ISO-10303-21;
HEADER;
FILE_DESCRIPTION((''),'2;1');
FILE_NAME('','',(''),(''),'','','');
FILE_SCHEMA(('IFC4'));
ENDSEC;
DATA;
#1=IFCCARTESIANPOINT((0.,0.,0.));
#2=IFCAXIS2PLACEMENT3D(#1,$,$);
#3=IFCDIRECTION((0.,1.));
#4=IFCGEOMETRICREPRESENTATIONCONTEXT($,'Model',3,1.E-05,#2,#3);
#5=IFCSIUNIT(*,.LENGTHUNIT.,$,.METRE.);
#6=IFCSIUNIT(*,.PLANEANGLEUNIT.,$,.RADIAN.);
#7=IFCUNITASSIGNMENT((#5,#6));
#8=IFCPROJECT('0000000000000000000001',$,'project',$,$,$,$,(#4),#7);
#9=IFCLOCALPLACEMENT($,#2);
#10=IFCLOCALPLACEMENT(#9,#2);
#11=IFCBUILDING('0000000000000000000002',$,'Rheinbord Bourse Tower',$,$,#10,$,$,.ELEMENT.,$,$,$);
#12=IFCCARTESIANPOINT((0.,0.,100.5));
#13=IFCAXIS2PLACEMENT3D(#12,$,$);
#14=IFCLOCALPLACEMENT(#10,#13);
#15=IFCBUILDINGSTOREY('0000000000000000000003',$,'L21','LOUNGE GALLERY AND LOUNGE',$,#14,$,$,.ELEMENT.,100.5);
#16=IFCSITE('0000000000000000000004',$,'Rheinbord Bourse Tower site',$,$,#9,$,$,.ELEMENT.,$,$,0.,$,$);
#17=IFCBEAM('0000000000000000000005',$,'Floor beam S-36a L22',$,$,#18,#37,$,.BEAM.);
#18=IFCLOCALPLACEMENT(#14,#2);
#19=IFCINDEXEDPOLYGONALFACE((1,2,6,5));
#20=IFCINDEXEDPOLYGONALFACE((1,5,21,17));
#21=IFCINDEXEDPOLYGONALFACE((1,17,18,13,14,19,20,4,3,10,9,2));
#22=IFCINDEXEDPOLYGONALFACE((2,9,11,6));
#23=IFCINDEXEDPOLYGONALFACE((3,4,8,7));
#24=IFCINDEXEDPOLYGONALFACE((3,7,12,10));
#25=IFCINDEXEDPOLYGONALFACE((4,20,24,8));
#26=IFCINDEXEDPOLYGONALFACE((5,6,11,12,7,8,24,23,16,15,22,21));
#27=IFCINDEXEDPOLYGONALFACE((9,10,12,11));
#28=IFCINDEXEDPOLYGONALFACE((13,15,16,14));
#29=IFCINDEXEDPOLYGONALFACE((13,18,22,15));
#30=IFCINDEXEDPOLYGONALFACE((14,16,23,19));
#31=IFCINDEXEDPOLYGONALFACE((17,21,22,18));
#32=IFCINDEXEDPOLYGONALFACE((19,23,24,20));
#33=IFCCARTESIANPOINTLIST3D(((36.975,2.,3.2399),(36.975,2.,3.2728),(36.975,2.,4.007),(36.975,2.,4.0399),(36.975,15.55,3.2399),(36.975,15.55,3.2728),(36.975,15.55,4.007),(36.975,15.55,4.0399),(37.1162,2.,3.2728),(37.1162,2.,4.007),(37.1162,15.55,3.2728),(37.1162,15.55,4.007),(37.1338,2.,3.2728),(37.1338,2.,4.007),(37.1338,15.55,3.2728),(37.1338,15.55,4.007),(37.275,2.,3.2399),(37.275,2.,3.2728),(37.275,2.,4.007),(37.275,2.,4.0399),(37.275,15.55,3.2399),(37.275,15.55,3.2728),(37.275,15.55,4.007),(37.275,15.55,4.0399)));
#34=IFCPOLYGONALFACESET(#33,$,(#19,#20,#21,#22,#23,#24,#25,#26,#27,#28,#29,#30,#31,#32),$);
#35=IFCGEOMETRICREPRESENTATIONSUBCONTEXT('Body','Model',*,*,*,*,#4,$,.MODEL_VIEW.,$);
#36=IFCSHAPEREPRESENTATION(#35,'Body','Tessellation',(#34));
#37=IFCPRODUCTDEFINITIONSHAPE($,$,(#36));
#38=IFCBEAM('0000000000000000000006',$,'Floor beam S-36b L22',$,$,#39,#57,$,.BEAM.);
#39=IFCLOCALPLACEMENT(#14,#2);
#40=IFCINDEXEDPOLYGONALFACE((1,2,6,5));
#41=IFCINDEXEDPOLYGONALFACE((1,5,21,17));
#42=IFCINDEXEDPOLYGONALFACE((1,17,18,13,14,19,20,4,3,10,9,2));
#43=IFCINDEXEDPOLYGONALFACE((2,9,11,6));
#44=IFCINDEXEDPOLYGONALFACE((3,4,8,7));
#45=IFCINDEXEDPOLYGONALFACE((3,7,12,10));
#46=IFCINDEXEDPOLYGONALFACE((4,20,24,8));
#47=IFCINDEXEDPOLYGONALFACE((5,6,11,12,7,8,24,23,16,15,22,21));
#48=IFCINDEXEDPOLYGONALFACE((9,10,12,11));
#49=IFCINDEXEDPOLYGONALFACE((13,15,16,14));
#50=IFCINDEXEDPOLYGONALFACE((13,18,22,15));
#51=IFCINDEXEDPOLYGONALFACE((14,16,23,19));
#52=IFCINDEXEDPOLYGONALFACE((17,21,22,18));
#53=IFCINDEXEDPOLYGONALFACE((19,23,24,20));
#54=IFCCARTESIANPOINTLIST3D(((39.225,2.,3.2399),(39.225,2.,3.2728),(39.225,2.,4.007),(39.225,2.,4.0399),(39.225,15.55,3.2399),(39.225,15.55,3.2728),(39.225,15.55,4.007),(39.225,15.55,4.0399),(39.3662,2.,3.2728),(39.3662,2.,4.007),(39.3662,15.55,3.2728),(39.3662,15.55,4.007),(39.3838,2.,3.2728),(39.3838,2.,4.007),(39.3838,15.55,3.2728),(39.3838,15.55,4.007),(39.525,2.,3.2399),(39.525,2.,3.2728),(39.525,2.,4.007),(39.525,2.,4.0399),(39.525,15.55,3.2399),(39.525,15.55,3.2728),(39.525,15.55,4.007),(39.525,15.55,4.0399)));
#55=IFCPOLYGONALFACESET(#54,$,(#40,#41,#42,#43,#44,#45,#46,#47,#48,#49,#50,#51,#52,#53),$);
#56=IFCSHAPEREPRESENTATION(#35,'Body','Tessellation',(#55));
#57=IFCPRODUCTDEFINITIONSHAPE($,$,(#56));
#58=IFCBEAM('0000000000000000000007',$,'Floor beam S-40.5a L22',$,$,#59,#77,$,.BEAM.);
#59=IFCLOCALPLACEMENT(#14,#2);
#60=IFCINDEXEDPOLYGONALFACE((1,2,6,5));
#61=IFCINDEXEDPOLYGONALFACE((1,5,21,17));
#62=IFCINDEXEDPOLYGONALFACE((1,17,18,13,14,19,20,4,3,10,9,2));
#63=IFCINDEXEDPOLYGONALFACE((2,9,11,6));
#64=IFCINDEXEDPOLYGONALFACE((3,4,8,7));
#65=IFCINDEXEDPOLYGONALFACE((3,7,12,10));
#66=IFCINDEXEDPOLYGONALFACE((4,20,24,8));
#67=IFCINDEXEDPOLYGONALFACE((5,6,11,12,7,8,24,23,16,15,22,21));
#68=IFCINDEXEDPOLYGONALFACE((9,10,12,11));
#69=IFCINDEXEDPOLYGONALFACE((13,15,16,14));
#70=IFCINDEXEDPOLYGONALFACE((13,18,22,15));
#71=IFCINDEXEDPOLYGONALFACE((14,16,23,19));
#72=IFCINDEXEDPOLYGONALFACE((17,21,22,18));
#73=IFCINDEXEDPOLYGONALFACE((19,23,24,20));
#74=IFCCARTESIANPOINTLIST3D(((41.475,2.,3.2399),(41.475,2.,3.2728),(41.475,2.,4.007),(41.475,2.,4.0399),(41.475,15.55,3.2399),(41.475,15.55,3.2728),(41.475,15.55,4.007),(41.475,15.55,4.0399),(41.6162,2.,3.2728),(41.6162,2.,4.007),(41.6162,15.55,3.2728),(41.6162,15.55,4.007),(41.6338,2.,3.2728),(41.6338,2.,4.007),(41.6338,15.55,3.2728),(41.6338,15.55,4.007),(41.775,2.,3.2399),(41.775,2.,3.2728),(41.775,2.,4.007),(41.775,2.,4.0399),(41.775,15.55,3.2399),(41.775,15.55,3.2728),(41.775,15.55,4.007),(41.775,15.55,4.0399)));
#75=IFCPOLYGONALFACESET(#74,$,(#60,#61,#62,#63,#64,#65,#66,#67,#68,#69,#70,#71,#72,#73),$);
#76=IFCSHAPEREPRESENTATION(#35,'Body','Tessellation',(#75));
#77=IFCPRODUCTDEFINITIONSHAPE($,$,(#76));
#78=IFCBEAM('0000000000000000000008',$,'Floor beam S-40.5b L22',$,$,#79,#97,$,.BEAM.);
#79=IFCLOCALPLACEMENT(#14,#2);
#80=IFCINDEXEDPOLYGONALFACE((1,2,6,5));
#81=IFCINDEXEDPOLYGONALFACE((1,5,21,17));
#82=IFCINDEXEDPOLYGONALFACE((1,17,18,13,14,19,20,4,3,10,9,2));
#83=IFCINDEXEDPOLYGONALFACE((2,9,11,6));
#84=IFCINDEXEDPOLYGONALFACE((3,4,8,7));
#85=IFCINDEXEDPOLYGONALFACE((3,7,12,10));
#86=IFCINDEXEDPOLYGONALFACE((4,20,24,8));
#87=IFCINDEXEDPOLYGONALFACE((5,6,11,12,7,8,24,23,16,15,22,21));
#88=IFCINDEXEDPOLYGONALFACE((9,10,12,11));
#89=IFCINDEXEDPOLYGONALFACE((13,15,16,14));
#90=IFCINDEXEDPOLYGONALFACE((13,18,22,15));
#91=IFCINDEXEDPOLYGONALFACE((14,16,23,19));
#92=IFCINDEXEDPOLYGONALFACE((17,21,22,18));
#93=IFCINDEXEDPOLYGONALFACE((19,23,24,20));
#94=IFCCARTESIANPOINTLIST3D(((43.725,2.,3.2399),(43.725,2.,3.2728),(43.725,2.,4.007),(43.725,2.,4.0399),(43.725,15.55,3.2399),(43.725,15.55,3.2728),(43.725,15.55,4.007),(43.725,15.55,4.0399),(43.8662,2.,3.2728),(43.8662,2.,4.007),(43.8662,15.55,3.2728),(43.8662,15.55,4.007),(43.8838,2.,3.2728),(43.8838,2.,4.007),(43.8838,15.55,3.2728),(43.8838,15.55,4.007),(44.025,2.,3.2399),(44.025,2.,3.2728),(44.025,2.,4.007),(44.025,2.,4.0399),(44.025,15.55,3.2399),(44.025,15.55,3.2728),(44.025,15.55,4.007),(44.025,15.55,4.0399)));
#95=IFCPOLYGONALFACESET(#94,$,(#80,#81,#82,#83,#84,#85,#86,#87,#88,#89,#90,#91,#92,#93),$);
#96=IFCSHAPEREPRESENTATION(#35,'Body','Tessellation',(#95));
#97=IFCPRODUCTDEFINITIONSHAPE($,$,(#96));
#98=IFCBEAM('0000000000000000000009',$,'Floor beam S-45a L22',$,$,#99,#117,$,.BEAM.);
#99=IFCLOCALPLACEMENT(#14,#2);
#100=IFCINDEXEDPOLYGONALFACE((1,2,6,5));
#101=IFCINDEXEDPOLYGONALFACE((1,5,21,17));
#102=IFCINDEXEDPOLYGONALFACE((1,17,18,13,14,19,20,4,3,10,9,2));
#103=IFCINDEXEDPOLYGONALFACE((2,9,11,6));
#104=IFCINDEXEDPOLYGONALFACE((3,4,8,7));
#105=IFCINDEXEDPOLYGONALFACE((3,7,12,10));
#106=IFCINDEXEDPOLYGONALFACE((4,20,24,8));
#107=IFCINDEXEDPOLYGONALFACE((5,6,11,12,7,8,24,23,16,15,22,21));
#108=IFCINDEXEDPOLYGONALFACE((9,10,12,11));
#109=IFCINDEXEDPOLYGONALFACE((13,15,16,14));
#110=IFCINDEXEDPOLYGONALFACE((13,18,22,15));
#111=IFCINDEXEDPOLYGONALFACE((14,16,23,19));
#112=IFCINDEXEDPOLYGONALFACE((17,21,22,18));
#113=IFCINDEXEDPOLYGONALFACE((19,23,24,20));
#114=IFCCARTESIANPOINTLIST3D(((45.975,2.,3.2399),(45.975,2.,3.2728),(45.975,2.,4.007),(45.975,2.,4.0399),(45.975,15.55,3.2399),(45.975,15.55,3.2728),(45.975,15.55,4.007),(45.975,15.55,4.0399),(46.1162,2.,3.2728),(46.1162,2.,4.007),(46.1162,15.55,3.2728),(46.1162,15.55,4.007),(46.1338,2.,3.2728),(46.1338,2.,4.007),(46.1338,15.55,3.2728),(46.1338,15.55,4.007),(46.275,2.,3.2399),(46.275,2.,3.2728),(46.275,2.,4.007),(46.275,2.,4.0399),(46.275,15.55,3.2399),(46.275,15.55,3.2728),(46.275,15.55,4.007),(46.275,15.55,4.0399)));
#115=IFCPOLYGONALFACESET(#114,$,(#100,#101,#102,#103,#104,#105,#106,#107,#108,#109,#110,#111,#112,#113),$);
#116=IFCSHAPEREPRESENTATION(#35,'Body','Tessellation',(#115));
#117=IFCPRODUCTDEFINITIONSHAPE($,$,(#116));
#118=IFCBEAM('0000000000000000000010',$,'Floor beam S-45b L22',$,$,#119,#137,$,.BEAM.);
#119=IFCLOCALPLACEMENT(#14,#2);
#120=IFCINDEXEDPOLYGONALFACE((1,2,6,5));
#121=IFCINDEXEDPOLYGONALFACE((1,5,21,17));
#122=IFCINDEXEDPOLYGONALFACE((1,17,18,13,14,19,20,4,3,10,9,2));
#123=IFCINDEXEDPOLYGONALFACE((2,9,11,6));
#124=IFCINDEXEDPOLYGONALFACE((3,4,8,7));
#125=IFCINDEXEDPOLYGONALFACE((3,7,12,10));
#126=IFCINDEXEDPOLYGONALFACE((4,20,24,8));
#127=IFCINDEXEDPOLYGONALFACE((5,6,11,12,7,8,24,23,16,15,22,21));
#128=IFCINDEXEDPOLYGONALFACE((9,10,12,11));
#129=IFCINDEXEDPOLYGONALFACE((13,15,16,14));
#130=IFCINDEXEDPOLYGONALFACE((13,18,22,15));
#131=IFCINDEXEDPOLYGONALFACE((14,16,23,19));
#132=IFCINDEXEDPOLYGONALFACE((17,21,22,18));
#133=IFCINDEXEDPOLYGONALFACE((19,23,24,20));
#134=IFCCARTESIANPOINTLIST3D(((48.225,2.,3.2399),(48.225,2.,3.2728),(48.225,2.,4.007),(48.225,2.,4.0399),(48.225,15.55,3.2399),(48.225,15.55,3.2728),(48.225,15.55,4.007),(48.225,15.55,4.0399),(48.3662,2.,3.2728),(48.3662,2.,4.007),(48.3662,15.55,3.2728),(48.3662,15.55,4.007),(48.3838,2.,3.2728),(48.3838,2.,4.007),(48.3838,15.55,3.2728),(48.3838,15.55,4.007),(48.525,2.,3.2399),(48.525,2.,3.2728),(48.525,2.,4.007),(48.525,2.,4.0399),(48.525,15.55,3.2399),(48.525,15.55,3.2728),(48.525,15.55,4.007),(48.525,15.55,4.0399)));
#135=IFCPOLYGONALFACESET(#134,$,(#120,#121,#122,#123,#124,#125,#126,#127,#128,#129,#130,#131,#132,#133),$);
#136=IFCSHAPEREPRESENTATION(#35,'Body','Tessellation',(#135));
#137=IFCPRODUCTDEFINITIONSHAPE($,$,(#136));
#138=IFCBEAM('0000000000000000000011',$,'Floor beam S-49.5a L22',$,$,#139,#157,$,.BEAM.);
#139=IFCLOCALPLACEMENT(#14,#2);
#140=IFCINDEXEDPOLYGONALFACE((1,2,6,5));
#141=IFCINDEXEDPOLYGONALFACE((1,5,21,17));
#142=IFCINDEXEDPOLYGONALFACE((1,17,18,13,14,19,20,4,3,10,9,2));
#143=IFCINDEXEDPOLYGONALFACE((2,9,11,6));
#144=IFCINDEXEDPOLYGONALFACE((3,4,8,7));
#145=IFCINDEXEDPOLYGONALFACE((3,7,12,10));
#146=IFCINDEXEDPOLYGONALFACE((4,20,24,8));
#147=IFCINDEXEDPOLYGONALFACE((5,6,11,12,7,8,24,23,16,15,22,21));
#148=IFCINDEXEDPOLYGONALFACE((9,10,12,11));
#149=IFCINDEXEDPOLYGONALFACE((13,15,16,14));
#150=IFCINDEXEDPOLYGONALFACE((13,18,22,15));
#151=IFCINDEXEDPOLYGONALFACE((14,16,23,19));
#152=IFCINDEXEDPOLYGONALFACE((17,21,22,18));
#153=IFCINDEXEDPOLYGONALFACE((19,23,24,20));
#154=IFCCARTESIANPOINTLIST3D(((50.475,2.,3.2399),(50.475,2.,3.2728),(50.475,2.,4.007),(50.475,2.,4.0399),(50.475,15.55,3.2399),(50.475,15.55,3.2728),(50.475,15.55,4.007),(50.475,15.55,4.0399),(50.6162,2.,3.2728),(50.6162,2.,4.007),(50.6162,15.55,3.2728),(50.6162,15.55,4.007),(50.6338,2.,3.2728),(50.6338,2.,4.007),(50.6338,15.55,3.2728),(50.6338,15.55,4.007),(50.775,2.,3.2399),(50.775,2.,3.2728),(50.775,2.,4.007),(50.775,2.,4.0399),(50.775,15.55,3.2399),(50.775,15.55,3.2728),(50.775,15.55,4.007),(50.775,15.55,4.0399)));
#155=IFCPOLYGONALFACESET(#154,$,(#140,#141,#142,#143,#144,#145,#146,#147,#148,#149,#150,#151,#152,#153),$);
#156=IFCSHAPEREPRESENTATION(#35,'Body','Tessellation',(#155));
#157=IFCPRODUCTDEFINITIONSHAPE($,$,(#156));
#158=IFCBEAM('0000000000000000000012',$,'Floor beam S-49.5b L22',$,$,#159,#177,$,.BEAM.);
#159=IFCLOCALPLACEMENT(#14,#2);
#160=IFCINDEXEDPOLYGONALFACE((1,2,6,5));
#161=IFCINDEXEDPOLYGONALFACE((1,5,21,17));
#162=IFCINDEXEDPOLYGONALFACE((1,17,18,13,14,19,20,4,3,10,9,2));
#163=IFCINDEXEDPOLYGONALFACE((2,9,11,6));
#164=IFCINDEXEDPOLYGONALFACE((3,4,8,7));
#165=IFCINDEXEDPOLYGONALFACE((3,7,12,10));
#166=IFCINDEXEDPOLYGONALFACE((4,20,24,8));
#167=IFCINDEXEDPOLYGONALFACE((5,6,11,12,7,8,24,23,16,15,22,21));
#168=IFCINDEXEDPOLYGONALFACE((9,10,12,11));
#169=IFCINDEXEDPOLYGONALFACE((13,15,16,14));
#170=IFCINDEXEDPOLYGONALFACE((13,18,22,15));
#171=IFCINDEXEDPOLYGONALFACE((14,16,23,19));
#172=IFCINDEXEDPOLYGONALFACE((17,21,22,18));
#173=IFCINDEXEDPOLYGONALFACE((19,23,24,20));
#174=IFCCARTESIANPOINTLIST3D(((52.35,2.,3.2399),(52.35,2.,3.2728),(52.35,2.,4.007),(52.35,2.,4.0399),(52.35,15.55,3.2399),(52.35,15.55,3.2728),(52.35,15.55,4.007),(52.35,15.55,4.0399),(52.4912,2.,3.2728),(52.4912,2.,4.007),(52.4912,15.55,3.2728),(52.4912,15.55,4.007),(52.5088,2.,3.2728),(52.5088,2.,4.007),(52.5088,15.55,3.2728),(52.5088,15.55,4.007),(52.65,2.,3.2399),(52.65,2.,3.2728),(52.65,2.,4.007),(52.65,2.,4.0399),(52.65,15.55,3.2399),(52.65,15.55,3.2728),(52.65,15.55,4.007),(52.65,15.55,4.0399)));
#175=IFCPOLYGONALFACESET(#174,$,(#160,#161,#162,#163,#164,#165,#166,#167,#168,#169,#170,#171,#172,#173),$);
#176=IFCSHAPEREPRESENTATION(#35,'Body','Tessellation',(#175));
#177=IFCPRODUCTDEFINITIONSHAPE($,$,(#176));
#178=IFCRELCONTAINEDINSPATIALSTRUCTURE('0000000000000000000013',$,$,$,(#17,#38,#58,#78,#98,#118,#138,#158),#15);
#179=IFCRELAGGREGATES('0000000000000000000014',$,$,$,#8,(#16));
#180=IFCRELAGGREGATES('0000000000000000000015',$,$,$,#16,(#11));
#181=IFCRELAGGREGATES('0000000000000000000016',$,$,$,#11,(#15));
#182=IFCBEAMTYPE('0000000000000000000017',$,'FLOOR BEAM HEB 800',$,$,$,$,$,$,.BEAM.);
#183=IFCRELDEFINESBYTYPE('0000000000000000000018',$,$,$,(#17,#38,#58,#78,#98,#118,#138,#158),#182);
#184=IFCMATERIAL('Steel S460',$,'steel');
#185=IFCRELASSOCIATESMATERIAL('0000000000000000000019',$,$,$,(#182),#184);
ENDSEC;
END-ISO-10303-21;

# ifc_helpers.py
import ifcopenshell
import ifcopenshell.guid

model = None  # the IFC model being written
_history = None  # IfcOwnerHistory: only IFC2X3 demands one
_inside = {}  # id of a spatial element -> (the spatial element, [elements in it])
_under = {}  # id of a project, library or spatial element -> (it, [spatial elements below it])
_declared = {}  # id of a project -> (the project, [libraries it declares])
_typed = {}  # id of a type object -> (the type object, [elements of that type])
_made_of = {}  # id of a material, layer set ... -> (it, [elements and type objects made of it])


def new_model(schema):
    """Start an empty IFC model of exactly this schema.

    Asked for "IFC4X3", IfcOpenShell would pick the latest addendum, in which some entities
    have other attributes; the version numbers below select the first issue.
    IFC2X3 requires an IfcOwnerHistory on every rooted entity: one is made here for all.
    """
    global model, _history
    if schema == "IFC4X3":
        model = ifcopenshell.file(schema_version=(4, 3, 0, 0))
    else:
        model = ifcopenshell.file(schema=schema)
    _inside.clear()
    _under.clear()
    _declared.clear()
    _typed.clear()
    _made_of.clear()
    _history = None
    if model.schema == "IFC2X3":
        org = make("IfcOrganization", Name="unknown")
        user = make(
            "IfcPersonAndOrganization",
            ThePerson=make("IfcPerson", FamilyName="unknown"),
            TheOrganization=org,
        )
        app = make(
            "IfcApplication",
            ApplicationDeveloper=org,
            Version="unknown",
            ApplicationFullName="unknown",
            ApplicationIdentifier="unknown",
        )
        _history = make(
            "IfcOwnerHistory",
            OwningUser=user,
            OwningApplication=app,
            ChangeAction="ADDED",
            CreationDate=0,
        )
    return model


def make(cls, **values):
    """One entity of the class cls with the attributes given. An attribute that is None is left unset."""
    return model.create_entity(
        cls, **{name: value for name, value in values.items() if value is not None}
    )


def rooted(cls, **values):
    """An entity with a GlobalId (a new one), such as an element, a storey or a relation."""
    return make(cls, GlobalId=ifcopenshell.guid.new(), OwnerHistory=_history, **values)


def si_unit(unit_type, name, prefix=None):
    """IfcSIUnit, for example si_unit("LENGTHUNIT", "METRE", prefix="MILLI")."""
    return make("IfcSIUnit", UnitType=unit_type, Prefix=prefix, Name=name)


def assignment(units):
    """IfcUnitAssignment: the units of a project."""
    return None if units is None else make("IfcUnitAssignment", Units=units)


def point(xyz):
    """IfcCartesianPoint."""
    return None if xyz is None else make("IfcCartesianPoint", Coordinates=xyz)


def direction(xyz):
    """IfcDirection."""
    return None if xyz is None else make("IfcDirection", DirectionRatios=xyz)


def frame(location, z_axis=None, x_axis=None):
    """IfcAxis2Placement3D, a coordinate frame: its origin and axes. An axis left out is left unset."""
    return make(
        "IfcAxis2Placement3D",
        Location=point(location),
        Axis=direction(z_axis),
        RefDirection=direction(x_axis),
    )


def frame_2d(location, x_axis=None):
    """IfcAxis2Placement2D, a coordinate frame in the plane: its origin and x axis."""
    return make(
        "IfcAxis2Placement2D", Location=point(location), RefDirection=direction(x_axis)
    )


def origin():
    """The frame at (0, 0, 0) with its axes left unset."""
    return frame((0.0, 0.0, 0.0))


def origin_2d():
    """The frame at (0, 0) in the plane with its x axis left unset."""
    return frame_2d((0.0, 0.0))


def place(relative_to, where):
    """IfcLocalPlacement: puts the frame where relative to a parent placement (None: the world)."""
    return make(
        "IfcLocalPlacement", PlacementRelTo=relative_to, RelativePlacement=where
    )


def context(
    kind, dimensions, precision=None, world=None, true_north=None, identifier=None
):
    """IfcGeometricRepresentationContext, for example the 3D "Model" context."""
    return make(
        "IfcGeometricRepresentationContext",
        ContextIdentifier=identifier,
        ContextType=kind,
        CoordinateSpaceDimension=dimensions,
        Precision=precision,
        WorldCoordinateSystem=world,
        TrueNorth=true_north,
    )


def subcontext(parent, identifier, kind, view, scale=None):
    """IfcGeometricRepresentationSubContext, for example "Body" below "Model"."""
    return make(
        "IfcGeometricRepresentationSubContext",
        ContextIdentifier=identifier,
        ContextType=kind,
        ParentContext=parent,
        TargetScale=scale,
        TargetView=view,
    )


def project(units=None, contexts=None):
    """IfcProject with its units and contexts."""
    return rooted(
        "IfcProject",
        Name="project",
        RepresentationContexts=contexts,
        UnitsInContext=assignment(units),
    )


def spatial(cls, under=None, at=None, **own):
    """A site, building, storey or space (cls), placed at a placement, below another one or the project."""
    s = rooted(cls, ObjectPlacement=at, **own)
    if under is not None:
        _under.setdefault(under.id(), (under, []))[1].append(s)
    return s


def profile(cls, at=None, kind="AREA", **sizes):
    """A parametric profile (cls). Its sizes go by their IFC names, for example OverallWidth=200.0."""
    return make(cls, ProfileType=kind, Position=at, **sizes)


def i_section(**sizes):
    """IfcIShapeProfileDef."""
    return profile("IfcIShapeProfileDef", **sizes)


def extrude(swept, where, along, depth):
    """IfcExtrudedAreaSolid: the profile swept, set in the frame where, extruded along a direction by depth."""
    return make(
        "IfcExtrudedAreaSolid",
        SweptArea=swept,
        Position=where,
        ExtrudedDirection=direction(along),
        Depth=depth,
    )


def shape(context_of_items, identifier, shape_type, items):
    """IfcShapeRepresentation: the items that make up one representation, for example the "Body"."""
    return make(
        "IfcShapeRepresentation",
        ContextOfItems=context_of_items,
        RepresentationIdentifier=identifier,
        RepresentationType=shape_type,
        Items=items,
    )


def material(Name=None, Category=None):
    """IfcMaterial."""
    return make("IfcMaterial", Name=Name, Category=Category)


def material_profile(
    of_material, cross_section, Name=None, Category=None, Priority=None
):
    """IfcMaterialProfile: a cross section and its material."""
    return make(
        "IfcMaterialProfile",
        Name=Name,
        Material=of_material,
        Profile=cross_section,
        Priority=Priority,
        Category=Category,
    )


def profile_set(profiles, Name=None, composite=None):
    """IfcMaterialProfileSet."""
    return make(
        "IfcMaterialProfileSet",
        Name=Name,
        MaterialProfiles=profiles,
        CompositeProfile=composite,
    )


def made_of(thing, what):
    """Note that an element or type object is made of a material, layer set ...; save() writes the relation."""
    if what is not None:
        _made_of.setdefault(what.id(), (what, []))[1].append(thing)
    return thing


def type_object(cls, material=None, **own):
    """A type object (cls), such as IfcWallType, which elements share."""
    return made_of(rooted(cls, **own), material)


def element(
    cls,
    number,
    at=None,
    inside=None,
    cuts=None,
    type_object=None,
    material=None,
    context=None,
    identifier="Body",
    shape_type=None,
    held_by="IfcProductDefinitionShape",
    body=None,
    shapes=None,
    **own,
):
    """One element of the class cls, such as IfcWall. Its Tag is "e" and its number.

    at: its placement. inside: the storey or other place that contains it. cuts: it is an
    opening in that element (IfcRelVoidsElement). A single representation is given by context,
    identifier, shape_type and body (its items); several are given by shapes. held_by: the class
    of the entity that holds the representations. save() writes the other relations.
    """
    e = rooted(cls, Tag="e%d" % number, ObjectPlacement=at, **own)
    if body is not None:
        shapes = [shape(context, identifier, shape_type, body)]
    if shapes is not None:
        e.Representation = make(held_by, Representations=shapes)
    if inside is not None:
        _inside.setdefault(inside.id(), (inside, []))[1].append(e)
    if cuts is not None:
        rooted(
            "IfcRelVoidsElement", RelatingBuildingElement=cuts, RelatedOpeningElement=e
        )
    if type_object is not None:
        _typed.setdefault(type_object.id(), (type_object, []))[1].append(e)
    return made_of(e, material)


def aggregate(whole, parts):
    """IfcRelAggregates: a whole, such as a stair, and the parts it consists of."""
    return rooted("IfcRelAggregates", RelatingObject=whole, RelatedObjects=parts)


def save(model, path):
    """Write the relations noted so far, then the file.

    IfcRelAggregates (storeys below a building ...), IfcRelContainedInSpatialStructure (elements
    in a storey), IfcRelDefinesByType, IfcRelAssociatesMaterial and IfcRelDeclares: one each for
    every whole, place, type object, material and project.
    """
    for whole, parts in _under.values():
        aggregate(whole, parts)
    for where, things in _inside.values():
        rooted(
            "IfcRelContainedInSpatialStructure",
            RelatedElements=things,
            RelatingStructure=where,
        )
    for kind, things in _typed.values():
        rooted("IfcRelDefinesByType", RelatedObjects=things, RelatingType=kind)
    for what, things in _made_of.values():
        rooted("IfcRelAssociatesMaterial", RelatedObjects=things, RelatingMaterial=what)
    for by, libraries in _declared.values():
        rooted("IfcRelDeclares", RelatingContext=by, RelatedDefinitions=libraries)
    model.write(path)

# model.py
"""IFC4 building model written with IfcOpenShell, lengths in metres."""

from ifc_helpers import new_model, si_unit, direction, frame, origin, origin_2d, place, context, subcontext, project, spatial, i_section, extrude, material, material_profile, profile_set, type_object, element, save


model = new_model("IFC4")

# Units and contexts
model_context = context("Model", 3, precision=1e-05, world=origin(), true_north=direction((0.0, 1.0)))
body_context = subcontext(model_context, "Body", "Model", "MODEL_VIEW")
ifc_project = project(units=[si_unit("LENGTHUNIT", "METRE"), si_unit("PLANEANGLEUNIT", "RADIAN")], contexts=[model_context])

# Site, building, storey
site_placement = place(None, origin())
site = spatial("IfcSite", under=ifc_project, at=site_placement, Name="Rheinbord Bourse Tower site", CompositionType="ELEMENT", RefElevation=0.0)
building_placement = place(site_placement, origin())
building = spatial("IfcBuilding", under=site, at=building_placement, Name="Rheinbord Bourse Tower", CompositionType="ELEMENT")
storey_placement = place(building_placement, frame((0.0, 0.0, 100.5)))
storey = spatial("IfcBuildingStorey", under=building, at=storey_placement, Name="L21", Description="LOUNGE GALLERY AND LOUNGE", CompositionType="ELEMENT", Elevation=100.5)

# Beams
ifc_material_1 = material(Name="Steel S460", Category="steel")
ifc_material_profile_1 = material_profile(ifc_material_1, i_section(OverallWidth=0.3, OverallDepth=0.8, WebThickness=0.0176, FlangeThickness=0.033, at=origin_2d()), Name="HEB 800")
ifc_profile_set_1 = profile_set([ifc_material_profile_1], Name="Steel S460")
beam_type_1 = type_object("IfcBeamType", Name="FLOOR BEAM HEB 800", PredefinedType="BEAM", material=ifc_profile_set_1)
for number, where, z_axis, x_axis, name in (
    (1, (37.125, 2.0, 3.6399), (0.0, 1.0, 0.0), (-1.0, 0.0, 0.0), "Floor beam S-36a L22"),
    (2, (39.375, 2.0, 3.6399), (0.0, 1.0, 0.0), (-1.0, 0.0, 0.0), "Floor beam S-36b L22"),
    (3, (41.625, 2.0, 3.6399), (0.0, 1.0, 0.0), (-1.0, 0.0, 0.0), "Floor beam S-40.5a L22"),
    (4, (43.875, 2.0, 3.6399), (0.0, 1.0, 0.0), (-1.0, 0.0, 0.0), "Floor beam S-40.5b L22"),
    (5, (46.125, 2.0, 3.6399), (0.0, 1.0, 0.0), (-1.0, 0.0, 0.0), "Floor beam S-45a L22"),
    (6, (48.375, 2.0, 3.6399), (0.0, 1.0, 0.0), (-1.0, 0.0, 0.0), "Floor beam S-45b L22"),
    (7, (50.625, 2.0, 3.6399), (0.0, 1.0, 0.0), (-1.0, 0.0, 0.0), "Floor beam S-49.5a L22"),
    (8, (52.5, 2.0, 3.6399), (0.0, 1.0, 0.0), (-1.0, 0.0, 0.0), "Floor beam S-49.5b L22"),
):
    element("IfcBeam", number, at=place(storey_placement, frame(where, z_axis=z_axis, x_axis=x_axis)), inside=storey, type_object=beam_type_1, Name=name, PredefinedType="BEAM", context=body_context, shape_type="SweptSolid", body=[
        extrude(i_section(OverallWidth=0.3, OverallDepth=0.8, WebThickness=0.0176, FlangeThickness=0.033, at=origin_2d()), origin(), (0.0, 0.0, 1.0), 13.55),
    ])

save(model, "model.ifc")
